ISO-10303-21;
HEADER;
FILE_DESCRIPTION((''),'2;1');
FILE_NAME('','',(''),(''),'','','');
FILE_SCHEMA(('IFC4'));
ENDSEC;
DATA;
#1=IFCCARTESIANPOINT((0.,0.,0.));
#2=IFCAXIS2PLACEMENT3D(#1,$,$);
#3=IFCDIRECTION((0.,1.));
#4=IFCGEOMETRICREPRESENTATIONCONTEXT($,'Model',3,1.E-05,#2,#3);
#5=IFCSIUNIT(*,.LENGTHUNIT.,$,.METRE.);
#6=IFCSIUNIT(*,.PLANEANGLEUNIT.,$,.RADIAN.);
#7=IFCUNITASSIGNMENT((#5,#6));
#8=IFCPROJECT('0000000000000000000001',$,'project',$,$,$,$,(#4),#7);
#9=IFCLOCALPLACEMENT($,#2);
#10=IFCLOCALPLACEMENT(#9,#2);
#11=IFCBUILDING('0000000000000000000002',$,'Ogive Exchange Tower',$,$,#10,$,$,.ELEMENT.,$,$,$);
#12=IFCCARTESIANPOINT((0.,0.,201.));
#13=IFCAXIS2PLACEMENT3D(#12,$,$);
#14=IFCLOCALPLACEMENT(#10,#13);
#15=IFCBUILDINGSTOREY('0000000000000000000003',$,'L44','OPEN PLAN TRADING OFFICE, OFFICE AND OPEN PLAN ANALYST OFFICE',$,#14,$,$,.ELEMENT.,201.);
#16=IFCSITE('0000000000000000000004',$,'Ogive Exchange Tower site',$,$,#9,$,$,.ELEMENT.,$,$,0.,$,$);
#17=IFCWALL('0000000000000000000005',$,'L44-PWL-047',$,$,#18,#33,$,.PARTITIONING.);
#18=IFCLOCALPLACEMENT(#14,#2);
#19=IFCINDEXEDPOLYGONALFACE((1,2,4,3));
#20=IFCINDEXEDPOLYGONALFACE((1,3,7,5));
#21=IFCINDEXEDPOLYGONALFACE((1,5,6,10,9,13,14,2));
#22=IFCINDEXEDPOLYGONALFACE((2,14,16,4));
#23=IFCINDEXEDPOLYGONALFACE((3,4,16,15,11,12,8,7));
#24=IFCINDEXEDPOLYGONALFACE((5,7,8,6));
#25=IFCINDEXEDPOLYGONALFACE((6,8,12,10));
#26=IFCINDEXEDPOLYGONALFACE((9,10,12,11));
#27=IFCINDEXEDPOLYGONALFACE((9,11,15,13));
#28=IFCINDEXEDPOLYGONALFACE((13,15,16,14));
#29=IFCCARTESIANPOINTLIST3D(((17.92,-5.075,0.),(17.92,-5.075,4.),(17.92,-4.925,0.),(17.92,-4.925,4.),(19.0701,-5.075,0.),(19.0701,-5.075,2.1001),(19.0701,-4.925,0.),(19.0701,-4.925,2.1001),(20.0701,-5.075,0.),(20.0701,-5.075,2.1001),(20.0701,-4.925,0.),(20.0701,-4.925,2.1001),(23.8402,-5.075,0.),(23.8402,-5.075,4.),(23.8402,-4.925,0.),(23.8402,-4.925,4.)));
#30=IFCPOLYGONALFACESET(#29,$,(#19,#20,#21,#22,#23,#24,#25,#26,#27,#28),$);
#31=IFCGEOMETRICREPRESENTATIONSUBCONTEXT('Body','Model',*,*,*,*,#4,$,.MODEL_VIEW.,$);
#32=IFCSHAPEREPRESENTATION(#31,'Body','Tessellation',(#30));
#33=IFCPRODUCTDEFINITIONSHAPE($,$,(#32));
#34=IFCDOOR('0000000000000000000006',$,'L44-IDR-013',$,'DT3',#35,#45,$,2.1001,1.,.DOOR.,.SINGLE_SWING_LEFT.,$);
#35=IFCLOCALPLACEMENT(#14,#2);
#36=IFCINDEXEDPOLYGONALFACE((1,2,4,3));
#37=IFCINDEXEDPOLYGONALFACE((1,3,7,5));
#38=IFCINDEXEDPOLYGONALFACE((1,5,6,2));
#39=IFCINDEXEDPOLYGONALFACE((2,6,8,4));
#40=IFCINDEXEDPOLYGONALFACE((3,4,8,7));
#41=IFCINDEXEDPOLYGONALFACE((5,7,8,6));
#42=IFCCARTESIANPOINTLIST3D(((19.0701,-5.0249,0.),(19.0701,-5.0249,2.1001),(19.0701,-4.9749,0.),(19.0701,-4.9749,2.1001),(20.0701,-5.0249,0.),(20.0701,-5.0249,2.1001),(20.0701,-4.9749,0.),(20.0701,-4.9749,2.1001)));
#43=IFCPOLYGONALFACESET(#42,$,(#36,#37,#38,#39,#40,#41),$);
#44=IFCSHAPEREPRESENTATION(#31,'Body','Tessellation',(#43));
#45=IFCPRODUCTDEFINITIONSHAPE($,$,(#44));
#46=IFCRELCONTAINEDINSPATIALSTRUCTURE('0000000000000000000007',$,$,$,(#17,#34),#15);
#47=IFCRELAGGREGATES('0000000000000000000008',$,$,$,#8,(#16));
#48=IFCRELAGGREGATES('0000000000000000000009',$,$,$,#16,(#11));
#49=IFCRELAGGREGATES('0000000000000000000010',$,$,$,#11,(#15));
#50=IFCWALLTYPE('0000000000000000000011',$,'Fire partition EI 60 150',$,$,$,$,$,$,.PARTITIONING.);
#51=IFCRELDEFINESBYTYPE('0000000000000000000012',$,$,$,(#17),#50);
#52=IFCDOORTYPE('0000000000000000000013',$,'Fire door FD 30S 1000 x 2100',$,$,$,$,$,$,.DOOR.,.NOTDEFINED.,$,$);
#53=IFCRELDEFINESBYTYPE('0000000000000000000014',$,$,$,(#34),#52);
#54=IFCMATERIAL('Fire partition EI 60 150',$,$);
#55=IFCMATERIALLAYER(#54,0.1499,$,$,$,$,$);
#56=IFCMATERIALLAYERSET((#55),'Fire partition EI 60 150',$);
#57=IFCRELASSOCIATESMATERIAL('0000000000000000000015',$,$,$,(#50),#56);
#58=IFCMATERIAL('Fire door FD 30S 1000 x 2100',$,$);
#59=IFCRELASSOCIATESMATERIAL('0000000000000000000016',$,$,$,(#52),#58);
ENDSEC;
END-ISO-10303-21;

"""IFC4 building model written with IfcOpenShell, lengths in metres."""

from ifc_helpers import new_model, si_unit, direction, frame, frame_2d, origin, place, context, subcontext, project, spatial, rectangle, extrude, material, layer, layer_set, type_object, element, fill, save


model = new_model("IFC4")

# Units and contexts
model_context = context("Model", 3, precision=1e-05, world=origin(), true_north=direction((0.0, 1.0)))
body_context = subcontext(model_context, "Body", "Model", "MODEL_VIEW")
ifc_project = project(units=[si_unit("LENGTHUNIT", "METRE"), si_unit("PLANEANGLEUNIT", "RADIAN")], contexts=[model_context])

# Site, building, storey
site_placement = place(None, origin())
site = spatial("IfcSite", under=ifc_project, at=site_placement, Name="Ogive Exchange Tower site", CompositionType="ELEMENT", RefElevation=0.0)
building_placement = place(site_placement, origin())
building = spatial("IfcBuilding", under=site, at=building_placement, Name="Ogive Exchange Tower", CompositionType="ELEMENT")
storey_placement = place(building_placement, frame((0.0, 0.0, 201.0)))
storey = spatial("IfcBuildingStorey", under=building, at=storey_placement, Name="L44", Description="OPEN PLAN TRADING OFFICE, OFFICE AND OPEN PLAN ANALYST OFFICE", CompositionType="ELEMENT", Elevation=201.0)

# Wall, opening, door
ifc_material_1 = material(Name="Fire partition EI 60 150")
ifc_layer_1 = layer(ifc_material_1, 0.1499)
ifc_layer_set_1 = layer_set([ifc_layer_1], Name="Fire partition EI 60 150")
wall_type_1 = type_object("IfcWallType", Name="Fire partition EI 60 150", PredefinedType="PARTITIONING", material=ifc_layer_set_1)
wall_1_placement = place(storey_placement, frame((23.8401, -5.0, 0.0), z_axis=(0.0, 0.0, 1.0), x_axis=(-1.0, 0.0, 0.0)))
wall_1 = element("IfcWall", 1, at=wall_1_placement, inside=storey, type_object=wall_type_1, Name="L44-PWL-047", PredefinedType="PARTITIONING", context=body_context, shape_type="SweptSolid", body=[
    extrude(rectangle(XDim=5.9202, YDim=0.1499, at=frame_2d((2.96, 0.0))), origin(), (0.0, 0.0, 1.0), 4.0),
])
opening_1_placement = place(wall_1_placement, frame((3.77, 0.0, 0.0)))
opening_1 = element("IfcOpeningElement", 2, at=opening_1_placement, cuts=wall_1, PredefinedType="OPENING", context=body_context, shape_type="SweptSolid", body=[
    extrude(rectangle(XDim=1.0, YDim=2.1001, at=frame_2d((0.5, 1.05))), frame((0.0, 0.085, 0.0), z_axis=(0.0, -1.0, 0.0), x_axis=(1.0, 0.0, 0.0)), (0.0, 0.0, 1.0), 0.1699),
])
ifc_material_2 = material(Name="Fire door FD 30S 1000 x 2100")
door_type_1 = type_object("IfcDoorType", Name="Fire door FD 30S 1000 x 2100", OperationType="NOTDEFINED", PredefinedType="DOOR", material=ifc_material_2)
door_1_placement = place(opening_1_placement, origin())
door_1 = element("IfcDoor", 3, at=door_1_placement, inside=storey, type_object=door_type_1, Name="L44-IDR-013", ObjectType="DT3", OperationType="SINGLE_SWING_LEFT", OverallHeight=2.1001, OverallWidth=1.0, PredefinedType="DOOR", context=body_context, shape_type="SweptSolid", body=[
    extrude(rectangle(XDim=1.0, YDim=2.1001, at=frame_2d((0.5, 1.05))), frame((0.0, 0.0249, 0.0), z_axis=(0.0, -1.0, 0.0), x_axis=(1.0, 0.0, 0.0)), (0.0, 0.0, 1.0), 0.05),
])
fill(opening_1, door_1)

save(model, "model.ifc")
